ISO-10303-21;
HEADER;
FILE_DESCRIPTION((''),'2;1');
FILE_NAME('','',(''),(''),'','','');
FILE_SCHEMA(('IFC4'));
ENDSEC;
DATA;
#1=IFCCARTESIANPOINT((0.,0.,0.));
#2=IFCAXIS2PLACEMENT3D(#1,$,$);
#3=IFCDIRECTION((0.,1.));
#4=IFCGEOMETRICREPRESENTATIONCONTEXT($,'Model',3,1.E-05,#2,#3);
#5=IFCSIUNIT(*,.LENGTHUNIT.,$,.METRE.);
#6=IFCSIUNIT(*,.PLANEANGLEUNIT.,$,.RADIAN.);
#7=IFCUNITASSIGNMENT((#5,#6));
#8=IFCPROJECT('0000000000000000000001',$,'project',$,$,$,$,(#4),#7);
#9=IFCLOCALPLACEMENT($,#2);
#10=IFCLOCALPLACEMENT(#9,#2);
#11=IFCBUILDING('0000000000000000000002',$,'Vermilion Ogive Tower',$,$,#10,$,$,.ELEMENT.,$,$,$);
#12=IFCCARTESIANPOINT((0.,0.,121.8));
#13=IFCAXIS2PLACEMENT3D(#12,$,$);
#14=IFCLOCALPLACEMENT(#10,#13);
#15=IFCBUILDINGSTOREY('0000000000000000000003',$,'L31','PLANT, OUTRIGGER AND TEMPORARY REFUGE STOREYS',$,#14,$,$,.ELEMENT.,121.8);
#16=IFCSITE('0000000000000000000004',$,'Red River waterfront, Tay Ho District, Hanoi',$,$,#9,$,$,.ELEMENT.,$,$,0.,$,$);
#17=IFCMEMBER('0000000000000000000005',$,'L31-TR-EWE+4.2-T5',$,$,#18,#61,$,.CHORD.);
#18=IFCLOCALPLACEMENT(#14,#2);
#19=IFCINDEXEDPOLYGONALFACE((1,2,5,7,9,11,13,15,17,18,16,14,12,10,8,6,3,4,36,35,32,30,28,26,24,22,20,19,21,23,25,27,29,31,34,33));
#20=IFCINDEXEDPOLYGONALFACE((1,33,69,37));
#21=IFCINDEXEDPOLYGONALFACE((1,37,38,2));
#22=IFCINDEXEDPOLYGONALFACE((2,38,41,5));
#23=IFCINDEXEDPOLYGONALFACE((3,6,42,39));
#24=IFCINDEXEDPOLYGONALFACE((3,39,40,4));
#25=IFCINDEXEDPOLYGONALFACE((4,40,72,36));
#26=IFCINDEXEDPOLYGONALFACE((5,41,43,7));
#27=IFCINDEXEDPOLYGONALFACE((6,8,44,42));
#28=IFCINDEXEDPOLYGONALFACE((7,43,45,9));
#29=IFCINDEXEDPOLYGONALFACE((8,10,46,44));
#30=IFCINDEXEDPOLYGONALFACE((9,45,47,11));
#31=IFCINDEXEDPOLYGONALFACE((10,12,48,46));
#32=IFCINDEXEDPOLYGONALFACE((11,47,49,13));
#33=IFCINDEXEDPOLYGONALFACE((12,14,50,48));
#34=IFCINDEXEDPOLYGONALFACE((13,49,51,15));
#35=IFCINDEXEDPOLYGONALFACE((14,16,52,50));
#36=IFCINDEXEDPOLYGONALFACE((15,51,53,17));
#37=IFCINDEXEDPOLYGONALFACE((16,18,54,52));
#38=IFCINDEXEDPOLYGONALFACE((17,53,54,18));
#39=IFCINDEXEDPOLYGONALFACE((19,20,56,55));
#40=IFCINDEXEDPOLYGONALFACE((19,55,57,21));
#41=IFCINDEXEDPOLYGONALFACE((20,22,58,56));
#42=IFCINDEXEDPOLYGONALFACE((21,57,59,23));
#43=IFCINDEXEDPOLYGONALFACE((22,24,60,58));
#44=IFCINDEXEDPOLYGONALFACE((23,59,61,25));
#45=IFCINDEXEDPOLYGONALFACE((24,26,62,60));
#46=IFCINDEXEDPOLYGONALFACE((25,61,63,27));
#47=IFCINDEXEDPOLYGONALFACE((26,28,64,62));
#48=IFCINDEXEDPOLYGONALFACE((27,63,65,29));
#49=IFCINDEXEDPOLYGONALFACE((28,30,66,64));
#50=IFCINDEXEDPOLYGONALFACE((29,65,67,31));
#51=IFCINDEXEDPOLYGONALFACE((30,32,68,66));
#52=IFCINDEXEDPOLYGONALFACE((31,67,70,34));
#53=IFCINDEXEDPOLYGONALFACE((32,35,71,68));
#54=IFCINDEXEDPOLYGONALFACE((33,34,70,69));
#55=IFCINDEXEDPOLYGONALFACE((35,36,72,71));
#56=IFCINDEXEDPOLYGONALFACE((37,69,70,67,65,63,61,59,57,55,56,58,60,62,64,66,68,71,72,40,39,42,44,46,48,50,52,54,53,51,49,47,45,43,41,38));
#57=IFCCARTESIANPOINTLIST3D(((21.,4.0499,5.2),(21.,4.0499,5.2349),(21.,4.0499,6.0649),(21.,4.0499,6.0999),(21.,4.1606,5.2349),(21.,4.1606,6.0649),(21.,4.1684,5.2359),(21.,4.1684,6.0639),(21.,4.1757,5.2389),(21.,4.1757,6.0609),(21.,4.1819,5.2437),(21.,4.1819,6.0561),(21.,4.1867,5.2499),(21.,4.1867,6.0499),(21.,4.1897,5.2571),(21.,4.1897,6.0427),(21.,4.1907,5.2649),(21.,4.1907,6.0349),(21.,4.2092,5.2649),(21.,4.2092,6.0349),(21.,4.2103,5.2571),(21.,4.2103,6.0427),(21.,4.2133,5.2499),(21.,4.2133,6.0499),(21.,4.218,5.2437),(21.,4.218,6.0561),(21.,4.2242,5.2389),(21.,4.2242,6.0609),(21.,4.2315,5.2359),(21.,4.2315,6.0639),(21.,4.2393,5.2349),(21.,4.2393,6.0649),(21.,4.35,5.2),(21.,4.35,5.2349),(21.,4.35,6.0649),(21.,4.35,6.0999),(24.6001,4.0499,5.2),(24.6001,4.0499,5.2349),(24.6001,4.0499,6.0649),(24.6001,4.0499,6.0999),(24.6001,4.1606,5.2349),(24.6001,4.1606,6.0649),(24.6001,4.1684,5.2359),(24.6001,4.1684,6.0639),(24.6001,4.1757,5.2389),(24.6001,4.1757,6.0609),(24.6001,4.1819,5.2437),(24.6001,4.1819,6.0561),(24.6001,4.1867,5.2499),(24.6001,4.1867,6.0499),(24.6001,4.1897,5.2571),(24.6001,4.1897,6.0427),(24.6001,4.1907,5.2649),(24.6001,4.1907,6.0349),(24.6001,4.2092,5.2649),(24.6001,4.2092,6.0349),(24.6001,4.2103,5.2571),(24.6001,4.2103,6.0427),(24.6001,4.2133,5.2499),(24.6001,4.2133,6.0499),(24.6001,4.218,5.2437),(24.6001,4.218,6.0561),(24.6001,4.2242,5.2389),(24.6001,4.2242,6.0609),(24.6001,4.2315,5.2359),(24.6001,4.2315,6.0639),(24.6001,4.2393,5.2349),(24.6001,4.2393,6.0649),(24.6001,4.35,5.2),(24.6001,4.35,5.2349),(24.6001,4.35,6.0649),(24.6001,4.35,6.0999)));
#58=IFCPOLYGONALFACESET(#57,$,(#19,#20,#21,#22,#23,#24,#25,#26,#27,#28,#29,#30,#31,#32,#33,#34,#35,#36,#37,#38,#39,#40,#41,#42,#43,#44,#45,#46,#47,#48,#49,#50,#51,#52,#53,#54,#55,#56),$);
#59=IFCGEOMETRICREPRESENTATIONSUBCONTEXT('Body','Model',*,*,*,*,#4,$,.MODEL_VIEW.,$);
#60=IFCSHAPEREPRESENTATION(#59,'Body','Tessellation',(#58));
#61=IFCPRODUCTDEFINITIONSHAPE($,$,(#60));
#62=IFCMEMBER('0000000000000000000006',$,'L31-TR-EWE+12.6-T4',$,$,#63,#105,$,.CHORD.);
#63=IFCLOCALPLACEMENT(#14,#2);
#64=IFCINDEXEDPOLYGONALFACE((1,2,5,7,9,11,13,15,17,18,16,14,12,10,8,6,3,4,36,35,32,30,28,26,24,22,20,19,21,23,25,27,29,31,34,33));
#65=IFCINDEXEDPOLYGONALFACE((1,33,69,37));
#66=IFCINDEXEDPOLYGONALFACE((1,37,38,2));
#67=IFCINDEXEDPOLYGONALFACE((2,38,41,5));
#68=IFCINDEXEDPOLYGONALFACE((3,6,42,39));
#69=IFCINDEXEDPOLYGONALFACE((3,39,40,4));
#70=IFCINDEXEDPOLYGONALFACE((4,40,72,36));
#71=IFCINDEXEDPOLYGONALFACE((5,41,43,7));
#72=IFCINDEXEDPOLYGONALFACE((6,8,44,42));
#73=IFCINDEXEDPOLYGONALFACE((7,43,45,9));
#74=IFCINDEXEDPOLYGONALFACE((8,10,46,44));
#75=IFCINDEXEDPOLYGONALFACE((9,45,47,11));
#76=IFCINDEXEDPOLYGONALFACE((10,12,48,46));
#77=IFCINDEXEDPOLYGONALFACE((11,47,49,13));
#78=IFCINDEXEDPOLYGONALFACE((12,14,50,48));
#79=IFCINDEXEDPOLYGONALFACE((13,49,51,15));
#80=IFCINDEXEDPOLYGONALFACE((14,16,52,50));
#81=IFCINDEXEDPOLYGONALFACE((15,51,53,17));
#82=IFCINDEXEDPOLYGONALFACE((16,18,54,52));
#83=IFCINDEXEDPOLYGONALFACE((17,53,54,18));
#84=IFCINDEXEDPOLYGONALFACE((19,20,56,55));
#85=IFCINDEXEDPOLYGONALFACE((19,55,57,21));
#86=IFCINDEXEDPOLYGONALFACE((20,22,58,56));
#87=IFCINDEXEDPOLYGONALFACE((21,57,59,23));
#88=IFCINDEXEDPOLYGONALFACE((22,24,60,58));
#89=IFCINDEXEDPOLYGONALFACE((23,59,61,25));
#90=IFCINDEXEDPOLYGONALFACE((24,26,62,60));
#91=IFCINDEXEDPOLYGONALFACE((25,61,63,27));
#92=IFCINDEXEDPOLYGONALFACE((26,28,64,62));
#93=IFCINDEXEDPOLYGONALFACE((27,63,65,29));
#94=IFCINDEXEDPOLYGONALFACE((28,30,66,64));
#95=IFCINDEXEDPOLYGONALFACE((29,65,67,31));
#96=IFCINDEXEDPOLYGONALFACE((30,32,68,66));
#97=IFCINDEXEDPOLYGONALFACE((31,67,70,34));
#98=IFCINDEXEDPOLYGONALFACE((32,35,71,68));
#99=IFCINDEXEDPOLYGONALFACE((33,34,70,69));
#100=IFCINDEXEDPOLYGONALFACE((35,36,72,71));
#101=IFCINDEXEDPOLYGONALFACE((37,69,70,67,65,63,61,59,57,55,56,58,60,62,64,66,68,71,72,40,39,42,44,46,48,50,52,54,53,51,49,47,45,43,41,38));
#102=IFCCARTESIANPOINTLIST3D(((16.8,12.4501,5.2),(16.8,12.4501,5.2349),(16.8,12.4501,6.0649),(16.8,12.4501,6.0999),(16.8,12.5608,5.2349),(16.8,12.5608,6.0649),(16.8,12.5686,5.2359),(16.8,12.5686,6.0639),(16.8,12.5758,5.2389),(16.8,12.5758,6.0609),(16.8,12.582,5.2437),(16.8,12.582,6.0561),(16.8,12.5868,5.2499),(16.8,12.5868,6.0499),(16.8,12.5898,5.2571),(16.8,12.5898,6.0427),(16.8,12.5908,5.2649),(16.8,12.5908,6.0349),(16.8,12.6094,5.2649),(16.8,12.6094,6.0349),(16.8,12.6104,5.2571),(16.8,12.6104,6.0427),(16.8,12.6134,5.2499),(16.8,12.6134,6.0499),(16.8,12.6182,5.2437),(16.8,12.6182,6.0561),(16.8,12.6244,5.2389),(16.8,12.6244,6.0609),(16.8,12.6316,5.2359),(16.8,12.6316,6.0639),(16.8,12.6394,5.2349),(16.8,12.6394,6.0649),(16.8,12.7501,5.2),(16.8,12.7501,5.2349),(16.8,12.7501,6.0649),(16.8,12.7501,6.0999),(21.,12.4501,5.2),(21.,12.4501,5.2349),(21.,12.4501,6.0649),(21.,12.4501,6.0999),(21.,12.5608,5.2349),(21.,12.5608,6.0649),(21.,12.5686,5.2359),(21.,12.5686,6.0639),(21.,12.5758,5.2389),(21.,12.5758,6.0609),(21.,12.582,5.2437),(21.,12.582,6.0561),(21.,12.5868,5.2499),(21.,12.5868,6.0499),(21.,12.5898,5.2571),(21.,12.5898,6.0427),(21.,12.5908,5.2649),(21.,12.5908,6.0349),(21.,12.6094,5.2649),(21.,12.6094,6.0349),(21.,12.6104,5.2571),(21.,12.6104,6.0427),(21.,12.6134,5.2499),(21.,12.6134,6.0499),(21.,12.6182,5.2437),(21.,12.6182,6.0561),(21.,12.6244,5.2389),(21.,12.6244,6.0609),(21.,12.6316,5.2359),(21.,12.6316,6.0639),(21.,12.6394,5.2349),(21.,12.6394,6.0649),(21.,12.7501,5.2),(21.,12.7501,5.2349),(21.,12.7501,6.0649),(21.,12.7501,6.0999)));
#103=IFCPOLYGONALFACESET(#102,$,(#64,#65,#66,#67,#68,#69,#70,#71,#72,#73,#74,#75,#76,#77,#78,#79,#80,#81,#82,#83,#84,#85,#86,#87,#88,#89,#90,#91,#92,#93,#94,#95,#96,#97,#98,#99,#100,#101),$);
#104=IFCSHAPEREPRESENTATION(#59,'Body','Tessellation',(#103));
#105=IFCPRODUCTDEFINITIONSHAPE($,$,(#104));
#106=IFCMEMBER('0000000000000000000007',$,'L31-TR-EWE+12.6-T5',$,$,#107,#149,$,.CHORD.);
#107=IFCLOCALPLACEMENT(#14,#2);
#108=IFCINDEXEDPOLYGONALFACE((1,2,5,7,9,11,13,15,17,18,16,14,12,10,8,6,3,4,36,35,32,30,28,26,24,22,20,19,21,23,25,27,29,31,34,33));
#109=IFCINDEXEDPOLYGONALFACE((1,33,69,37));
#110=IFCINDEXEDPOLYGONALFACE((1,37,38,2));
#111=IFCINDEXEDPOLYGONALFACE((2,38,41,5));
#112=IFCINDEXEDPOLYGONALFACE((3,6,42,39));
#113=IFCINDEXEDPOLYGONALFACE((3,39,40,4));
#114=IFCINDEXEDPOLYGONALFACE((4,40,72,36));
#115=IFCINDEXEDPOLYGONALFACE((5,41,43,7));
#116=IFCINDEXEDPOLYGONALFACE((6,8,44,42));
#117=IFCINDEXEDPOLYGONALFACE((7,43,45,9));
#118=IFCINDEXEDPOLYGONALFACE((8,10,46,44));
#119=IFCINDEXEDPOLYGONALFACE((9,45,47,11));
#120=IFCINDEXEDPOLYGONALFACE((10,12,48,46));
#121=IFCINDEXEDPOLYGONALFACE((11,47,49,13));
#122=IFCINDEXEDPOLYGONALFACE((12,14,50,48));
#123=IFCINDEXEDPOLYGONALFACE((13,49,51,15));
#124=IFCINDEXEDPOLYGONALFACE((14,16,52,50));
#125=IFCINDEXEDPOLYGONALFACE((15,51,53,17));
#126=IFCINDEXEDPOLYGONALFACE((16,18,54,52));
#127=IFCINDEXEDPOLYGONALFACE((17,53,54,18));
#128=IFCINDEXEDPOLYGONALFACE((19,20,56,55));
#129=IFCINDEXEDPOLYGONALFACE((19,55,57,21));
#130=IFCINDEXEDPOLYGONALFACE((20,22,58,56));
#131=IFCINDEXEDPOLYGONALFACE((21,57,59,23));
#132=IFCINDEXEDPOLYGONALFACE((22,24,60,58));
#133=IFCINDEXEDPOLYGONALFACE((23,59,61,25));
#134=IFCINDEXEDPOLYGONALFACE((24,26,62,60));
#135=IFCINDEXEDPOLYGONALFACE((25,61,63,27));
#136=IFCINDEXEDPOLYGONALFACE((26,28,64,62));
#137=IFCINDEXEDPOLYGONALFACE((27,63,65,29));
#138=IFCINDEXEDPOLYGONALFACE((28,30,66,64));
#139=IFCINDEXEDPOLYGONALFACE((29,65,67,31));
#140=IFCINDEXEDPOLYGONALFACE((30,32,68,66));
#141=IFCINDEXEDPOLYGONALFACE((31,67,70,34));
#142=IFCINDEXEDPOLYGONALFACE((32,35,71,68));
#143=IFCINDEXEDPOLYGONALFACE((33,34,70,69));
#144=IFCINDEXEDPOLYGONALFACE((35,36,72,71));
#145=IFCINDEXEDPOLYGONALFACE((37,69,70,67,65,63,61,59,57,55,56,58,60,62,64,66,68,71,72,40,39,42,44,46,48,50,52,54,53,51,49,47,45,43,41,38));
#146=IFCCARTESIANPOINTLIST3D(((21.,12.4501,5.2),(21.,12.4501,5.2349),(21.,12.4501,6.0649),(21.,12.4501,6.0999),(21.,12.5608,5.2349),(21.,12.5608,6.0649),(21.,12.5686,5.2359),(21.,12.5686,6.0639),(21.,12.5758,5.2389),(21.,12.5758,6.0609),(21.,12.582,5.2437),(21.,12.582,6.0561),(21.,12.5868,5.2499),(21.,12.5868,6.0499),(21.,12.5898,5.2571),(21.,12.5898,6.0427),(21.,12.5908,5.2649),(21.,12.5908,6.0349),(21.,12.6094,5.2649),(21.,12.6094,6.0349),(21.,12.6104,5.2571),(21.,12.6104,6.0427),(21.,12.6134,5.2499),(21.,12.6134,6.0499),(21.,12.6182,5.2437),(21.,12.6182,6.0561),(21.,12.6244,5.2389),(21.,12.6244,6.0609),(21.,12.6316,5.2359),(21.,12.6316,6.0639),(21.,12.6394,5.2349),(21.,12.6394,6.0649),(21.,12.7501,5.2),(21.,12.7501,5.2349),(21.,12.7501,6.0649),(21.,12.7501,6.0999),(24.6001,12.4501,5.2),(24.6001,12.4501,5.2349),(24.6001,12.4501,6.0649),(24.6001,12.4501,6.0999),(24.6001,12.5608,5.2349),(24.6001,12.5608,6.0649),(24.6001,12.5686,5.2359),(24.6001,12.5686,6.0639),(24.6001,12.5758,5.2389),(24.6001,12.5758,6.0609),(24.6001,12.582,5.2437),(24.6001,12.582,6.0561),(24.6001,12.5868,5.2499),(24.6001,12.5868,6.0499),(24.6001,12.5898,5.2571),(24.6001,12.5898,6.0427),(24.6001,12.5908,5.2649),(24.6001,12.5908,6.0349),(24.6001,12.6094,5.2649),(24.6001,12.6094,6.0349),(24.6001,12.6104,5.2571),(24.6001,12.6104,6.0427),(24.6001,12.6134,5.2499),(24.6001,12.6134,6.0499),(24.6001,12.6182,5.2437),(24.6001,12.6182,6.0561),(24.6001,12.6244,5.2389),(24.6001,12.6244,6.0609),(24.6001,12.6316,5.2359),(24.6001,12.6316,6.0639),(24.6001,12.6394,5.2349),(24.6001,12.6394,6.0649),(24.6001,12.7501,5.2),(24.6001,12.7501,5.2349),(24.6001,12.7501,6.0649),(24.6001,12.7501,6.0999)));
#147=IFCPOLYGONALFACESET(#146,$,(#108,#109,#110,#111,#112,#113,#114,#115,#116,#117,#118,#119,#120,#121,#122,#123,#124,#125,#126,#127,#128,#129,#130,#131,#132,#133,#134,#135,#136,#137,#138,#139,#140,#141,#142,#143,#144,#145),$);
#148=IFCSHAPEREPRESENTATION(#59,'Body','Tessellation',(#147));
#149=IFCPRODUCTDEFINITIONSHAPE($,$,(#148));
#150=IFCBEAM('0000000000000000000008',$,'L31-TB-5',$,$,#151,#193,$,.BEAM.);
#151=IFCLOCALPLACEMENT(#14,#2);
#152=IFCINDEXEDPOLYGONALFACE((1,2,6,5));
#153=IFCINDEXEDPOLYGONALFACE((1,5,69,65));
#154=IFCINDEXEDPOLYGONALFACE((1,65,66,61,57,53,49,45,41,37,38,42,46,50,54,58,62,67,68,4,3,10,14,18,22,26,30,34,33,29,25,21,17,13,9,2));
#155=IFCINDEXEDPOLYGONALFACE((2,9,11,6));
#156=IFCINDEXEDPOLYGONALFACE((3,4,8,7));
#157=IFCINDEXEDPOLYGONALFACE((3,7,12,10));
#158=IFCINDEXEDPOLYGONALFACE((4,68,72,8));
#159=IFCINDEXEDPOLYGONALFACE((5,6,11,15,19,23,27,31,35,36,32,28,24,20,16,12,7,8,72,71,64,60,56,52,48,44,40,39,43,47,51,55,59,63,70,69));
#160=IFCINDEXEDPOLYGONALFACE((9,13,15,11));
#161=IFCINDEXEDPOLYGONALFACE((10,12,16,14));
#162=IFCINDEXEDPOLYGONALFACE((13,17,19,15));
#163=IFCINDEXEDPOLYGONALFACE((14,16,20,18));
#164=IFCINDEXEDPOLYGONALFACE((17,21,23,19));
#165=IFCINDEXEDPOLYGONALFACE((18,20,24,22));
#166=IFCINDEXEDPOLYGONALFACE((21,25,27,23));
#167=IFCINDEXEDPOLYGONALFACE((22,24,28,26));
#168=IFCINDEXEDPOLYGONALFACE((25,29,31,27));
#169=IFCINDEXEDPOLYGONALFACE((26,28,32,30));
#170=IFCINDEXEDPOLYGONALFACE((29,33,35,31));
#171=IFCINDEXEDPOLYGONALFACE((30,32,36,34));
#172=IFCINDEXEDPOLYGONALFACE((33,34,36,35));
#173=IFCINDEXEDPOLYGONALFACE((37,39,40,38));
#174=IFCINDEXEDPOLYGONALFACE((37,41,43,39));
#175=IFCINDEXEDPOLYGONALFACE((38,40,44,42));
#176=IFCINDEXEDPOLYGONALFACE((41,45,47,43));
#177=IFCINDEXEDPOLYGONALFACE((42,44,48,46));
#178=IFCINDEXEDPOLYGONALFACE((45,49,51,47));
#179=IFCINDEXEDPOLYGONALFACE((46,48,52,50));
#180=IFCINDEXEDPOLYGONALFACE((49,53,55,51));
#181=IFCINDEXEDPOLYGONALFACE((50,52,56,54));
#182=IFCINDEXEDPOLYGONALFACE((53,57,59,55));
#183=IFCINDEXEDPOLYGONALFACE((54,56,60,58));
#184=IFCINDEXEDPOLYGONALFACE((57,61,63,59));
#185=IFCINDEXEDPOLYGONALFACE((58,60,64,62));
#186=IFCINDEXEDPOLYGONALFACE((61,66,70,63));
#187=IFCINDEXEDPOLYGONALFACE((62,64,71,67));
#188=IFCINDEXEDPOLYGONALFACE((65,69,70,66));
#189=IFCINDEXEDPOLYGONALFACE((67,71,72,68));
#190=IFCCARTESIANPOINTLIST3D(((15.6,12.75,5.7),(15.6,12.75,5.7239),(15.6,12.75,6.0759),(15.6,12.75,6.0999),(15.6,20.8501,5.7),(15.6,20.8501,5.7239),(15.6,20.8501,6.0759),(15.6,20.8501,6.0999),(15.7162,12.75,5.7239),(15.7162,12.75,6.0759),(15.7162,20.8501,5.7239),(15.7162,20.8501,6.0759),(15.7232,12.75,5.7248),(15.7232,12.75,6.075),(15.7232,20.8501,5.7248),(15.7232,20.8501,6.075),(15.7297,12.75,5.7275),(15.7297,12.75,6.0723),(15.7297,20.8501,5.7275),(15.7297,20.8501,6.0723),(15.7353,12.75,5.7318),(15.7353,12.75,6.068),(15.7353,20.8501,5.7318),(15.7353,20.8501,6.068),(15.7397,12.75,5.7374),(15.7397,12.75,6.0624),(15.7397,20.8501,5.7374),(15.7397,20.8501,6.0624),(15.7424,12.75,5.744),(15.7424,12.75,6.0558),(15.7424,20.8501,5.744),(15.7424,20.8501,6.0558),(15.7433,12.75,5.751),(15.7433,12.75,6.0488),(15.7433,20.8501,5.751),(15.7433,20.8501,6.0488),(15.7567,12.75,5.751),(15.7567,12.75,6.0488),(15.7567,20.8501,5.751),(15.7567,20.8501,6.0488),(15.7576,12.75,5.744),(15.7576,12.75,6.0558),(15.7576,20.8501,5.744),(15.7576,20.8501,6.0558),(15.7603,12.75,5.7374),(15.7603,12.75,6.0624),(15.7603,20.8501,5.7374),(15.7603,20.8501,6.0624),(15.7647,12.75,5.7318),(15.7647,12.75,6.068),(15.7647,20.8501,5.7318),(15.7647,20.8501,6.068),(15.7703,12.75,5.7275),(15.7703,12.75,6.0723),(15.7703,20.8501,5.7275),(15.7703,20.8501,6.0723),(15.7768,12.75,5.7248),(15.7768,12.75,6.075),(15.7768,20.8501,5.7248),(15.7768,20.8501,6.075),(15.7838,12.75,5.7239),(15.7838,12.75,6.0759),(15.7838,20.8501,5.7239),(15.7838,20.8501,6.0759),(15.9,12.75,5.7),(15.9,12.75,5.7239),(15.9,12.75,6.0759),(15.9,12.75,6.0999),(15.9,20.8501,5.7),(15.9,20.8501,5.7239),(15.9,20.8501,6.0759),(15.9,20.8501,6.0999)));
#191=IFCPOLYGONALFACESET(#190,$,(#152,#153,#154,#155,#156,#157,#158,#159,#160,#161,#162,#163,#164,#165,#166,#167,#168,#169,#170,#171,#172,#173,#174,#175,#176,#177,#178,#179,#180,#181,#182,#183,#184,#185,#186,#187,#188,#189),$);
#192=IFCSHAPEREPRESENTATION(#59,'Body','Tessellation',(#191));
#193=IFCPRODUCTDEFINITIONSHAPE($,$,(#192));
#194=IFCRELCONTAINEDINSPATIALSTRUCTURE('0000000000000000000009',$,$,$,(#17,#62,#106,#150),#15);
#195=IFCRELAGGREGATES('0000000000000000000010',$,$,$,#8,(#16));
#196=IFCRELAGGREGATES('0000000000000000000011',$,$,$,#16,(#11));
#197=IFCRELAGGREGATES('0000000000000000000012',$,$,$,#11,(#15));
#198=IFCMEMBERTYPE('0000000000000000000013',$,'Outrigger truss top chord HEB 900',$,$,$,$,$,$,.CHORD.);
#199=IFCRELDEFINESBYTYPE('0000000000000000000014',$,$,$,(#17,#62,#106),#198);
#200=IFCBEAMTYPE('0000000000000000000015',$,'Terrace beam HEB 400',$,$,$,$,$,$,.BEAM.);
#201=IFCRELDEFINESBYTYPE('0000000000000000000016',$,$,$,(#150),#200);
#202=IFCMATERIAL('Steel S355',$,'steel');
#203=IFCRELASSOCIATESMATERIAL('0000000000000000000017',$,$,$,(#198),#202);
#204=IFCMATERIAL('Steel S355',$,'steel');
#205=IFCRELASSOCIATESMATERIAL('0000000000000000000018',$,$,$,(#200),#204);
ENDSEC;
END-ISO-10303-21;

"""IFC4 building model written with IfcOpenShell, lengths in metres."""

from ifc_helpers import new_model, si_unit, direction, frame, origin, origin_2d, place, context, subcontext, project, spatial, i_section, extrude, material, material_profile, profile_set, type_object, element, save


model = new_model("IFC4")

# Units and contexts
model_context = context("Model", 3, precision=1e-05, world=origin(), true_north=direction((0.0, 1.0)))
body_context = subcontext(model_context, "Body", "Model", "MODEL_VIEW")
ifc_project = project(units=[si_unit("LENGTHUNIT", "METRE"), si_unit("PLANEANGLEUNIT", "RADIAN")], contexts=[model_context])

# Site, building, storey
site_placement = place(None, origin())
site = spatial("IfcSite", under=ifc_project, at=site_placement, Name="Red River waterfront, Tay Ho District, Hanoi", CompositionType="ELEMENT", RefElevation=0.0)
building_placement = place(site_placement, origin())
building = spatial("IfcBuilding", under=site, at=building_placement, Name="Vermilion Ogive Tower", CompositionType="ELEMENT")
storey_placement = place(building_placement, frame((0.0, 0.0, 121.8)))
storey = spatial("IfcBuildingStorey", under=building, at=storey_placement, Name="L31", Description="PLANT, OUTRIGGER AND TEMPORARY REFUGE STOREYS", CompositionType="ELEMENT", Elevation=121.8)

# Members
ifc_material_1 = material(Name="Steel S355", Category="steel")
ifc_material_profile_1 = material_profile(ifc_material_1, i_section(OverallWidth=0.3, OverallDepth=0.8999, WebThickness=0.0186, FlangeThickness=0.0349, FilletRadius=0.03, at=origin_2d()), Name="HEB 900")
ifc_profile_set_1 = profile_set([ifc_material_profile_1], Name="Steel S355")
member_type_1 = type_object("IfcMemberType", Name="Outrigger truss top chord HEB 900", PredefinedType="CHORD", material=ifc_profile_set_1)
member_1_placement = place(storey_placement, frame((21.0, 4.2, 5.6499), z_axis=(1.0, 0.0, 0.0), x_axis=(0.0, 1.0, 0.0)))
element("IfcMember", 1, at=member_1_placement, inside=storey, type_object=member_type_1, Name="L31-TR-EWE+4.2-T5", PredefinedType="CHORD", context=body_context, shape_type="SweptSolid", body=[
    extrude(i_section(OverallWidth=0.3, OverallDepth=0.8999, WebThickness=0.0186, FlangeThickness=0.0349, FilletRadius=0.03, at=origin_2d()), origin(), (0.0, 0.0, 1.0), 3.6001),
])
member_2_placement = place(storey_placement, frame((16.8, 12.6001, 5.6499), z_axis=(1.0, 0.0, 0.0), x_axis=(0.0, 1.0, 0.0)))
element("IfcMember", 2, at=member_2_placement, inside=storey, type_object=member_type_1, Name="L31-TR-EWE+12.6-T4", PredefinedType="CHORD", context=body_context, shape_type="SweptSolid", body=[
    extrude(i_section(OverallWidth=0.3, OverallDepth=0.8999, WebThickness=0.0186, FlangeThickness=0.0349, FilletRadius=0.03, at=origin_2d()), origin(), (0.0, 0.0, 1.0), 4.2),
])
member_3_placement = place(storey_placement, frame((21.0, 12.6001, 5.6499), z_axis=(1.0, 0.0, 0.0), x_axis=(0.0, 1.0, 0.0)))
element("IfcMember", 3, at=member_3_placement, inside=storey, type_object=member_type_1, Name="L31-TR-EWE+12.6-T5", PredefinedType="CHORD", context=body_context, shape_type="SweptSolid", body=[
    extrude(i_section(OverallWidth=0.3, OverallDepth=0.8999, WebThickness=0.0186, FlangeThickness=0.0349, FilletRadius=0.03, at=origin_2d()), origin(), (0.0, 0.0, 1.0), 3.6001),
])

# Beam
ifc_material_2 = material(Name="Steel S355", Category="steel")
ifc_material_profile_2 = material_profile(ifc_material_2, i_section(OverallWidth=0.3, OverallDepth=0.3999, WebThickness=0.0134, FlangeThickness=0.0239, FilletRadius=0.0271, at=origin_2d()), Name="HEB 400")
ifc_profile_set_2 = profile_set([ifc_material_profile_2], Name="Steel S355")
beam_type = type_object("IfcBeamType", Name="Terrace beam HEB 400", PredefinedType="BEAM", material=ifc_profile_set_2)
beam_placement = place(storey_placement, frame((15.75, 12.75, 5.8999), z_axis=(0.0, 1.0, 0.0), x_axis=(-1.0, 0.0, 0.0)))
element("IfcBeam", 4, at=beam_placement, inside=storey, type_object=beam_type, Name="L31-TB-5", PredefinedType="BEAM", context=body_context, shape_type="SweptSolid", body=[
    extrude(i_section(OverallWidth=0.3, OverallDepth=0.3999, WebThickness=0.0134, FlangeThickness=0.0239, FilletRadius=0.0271, at=origin_2d()), origin(), (0.0, 0.0, 1.0), 8.1001),
])

save(model, "model.ifc")
